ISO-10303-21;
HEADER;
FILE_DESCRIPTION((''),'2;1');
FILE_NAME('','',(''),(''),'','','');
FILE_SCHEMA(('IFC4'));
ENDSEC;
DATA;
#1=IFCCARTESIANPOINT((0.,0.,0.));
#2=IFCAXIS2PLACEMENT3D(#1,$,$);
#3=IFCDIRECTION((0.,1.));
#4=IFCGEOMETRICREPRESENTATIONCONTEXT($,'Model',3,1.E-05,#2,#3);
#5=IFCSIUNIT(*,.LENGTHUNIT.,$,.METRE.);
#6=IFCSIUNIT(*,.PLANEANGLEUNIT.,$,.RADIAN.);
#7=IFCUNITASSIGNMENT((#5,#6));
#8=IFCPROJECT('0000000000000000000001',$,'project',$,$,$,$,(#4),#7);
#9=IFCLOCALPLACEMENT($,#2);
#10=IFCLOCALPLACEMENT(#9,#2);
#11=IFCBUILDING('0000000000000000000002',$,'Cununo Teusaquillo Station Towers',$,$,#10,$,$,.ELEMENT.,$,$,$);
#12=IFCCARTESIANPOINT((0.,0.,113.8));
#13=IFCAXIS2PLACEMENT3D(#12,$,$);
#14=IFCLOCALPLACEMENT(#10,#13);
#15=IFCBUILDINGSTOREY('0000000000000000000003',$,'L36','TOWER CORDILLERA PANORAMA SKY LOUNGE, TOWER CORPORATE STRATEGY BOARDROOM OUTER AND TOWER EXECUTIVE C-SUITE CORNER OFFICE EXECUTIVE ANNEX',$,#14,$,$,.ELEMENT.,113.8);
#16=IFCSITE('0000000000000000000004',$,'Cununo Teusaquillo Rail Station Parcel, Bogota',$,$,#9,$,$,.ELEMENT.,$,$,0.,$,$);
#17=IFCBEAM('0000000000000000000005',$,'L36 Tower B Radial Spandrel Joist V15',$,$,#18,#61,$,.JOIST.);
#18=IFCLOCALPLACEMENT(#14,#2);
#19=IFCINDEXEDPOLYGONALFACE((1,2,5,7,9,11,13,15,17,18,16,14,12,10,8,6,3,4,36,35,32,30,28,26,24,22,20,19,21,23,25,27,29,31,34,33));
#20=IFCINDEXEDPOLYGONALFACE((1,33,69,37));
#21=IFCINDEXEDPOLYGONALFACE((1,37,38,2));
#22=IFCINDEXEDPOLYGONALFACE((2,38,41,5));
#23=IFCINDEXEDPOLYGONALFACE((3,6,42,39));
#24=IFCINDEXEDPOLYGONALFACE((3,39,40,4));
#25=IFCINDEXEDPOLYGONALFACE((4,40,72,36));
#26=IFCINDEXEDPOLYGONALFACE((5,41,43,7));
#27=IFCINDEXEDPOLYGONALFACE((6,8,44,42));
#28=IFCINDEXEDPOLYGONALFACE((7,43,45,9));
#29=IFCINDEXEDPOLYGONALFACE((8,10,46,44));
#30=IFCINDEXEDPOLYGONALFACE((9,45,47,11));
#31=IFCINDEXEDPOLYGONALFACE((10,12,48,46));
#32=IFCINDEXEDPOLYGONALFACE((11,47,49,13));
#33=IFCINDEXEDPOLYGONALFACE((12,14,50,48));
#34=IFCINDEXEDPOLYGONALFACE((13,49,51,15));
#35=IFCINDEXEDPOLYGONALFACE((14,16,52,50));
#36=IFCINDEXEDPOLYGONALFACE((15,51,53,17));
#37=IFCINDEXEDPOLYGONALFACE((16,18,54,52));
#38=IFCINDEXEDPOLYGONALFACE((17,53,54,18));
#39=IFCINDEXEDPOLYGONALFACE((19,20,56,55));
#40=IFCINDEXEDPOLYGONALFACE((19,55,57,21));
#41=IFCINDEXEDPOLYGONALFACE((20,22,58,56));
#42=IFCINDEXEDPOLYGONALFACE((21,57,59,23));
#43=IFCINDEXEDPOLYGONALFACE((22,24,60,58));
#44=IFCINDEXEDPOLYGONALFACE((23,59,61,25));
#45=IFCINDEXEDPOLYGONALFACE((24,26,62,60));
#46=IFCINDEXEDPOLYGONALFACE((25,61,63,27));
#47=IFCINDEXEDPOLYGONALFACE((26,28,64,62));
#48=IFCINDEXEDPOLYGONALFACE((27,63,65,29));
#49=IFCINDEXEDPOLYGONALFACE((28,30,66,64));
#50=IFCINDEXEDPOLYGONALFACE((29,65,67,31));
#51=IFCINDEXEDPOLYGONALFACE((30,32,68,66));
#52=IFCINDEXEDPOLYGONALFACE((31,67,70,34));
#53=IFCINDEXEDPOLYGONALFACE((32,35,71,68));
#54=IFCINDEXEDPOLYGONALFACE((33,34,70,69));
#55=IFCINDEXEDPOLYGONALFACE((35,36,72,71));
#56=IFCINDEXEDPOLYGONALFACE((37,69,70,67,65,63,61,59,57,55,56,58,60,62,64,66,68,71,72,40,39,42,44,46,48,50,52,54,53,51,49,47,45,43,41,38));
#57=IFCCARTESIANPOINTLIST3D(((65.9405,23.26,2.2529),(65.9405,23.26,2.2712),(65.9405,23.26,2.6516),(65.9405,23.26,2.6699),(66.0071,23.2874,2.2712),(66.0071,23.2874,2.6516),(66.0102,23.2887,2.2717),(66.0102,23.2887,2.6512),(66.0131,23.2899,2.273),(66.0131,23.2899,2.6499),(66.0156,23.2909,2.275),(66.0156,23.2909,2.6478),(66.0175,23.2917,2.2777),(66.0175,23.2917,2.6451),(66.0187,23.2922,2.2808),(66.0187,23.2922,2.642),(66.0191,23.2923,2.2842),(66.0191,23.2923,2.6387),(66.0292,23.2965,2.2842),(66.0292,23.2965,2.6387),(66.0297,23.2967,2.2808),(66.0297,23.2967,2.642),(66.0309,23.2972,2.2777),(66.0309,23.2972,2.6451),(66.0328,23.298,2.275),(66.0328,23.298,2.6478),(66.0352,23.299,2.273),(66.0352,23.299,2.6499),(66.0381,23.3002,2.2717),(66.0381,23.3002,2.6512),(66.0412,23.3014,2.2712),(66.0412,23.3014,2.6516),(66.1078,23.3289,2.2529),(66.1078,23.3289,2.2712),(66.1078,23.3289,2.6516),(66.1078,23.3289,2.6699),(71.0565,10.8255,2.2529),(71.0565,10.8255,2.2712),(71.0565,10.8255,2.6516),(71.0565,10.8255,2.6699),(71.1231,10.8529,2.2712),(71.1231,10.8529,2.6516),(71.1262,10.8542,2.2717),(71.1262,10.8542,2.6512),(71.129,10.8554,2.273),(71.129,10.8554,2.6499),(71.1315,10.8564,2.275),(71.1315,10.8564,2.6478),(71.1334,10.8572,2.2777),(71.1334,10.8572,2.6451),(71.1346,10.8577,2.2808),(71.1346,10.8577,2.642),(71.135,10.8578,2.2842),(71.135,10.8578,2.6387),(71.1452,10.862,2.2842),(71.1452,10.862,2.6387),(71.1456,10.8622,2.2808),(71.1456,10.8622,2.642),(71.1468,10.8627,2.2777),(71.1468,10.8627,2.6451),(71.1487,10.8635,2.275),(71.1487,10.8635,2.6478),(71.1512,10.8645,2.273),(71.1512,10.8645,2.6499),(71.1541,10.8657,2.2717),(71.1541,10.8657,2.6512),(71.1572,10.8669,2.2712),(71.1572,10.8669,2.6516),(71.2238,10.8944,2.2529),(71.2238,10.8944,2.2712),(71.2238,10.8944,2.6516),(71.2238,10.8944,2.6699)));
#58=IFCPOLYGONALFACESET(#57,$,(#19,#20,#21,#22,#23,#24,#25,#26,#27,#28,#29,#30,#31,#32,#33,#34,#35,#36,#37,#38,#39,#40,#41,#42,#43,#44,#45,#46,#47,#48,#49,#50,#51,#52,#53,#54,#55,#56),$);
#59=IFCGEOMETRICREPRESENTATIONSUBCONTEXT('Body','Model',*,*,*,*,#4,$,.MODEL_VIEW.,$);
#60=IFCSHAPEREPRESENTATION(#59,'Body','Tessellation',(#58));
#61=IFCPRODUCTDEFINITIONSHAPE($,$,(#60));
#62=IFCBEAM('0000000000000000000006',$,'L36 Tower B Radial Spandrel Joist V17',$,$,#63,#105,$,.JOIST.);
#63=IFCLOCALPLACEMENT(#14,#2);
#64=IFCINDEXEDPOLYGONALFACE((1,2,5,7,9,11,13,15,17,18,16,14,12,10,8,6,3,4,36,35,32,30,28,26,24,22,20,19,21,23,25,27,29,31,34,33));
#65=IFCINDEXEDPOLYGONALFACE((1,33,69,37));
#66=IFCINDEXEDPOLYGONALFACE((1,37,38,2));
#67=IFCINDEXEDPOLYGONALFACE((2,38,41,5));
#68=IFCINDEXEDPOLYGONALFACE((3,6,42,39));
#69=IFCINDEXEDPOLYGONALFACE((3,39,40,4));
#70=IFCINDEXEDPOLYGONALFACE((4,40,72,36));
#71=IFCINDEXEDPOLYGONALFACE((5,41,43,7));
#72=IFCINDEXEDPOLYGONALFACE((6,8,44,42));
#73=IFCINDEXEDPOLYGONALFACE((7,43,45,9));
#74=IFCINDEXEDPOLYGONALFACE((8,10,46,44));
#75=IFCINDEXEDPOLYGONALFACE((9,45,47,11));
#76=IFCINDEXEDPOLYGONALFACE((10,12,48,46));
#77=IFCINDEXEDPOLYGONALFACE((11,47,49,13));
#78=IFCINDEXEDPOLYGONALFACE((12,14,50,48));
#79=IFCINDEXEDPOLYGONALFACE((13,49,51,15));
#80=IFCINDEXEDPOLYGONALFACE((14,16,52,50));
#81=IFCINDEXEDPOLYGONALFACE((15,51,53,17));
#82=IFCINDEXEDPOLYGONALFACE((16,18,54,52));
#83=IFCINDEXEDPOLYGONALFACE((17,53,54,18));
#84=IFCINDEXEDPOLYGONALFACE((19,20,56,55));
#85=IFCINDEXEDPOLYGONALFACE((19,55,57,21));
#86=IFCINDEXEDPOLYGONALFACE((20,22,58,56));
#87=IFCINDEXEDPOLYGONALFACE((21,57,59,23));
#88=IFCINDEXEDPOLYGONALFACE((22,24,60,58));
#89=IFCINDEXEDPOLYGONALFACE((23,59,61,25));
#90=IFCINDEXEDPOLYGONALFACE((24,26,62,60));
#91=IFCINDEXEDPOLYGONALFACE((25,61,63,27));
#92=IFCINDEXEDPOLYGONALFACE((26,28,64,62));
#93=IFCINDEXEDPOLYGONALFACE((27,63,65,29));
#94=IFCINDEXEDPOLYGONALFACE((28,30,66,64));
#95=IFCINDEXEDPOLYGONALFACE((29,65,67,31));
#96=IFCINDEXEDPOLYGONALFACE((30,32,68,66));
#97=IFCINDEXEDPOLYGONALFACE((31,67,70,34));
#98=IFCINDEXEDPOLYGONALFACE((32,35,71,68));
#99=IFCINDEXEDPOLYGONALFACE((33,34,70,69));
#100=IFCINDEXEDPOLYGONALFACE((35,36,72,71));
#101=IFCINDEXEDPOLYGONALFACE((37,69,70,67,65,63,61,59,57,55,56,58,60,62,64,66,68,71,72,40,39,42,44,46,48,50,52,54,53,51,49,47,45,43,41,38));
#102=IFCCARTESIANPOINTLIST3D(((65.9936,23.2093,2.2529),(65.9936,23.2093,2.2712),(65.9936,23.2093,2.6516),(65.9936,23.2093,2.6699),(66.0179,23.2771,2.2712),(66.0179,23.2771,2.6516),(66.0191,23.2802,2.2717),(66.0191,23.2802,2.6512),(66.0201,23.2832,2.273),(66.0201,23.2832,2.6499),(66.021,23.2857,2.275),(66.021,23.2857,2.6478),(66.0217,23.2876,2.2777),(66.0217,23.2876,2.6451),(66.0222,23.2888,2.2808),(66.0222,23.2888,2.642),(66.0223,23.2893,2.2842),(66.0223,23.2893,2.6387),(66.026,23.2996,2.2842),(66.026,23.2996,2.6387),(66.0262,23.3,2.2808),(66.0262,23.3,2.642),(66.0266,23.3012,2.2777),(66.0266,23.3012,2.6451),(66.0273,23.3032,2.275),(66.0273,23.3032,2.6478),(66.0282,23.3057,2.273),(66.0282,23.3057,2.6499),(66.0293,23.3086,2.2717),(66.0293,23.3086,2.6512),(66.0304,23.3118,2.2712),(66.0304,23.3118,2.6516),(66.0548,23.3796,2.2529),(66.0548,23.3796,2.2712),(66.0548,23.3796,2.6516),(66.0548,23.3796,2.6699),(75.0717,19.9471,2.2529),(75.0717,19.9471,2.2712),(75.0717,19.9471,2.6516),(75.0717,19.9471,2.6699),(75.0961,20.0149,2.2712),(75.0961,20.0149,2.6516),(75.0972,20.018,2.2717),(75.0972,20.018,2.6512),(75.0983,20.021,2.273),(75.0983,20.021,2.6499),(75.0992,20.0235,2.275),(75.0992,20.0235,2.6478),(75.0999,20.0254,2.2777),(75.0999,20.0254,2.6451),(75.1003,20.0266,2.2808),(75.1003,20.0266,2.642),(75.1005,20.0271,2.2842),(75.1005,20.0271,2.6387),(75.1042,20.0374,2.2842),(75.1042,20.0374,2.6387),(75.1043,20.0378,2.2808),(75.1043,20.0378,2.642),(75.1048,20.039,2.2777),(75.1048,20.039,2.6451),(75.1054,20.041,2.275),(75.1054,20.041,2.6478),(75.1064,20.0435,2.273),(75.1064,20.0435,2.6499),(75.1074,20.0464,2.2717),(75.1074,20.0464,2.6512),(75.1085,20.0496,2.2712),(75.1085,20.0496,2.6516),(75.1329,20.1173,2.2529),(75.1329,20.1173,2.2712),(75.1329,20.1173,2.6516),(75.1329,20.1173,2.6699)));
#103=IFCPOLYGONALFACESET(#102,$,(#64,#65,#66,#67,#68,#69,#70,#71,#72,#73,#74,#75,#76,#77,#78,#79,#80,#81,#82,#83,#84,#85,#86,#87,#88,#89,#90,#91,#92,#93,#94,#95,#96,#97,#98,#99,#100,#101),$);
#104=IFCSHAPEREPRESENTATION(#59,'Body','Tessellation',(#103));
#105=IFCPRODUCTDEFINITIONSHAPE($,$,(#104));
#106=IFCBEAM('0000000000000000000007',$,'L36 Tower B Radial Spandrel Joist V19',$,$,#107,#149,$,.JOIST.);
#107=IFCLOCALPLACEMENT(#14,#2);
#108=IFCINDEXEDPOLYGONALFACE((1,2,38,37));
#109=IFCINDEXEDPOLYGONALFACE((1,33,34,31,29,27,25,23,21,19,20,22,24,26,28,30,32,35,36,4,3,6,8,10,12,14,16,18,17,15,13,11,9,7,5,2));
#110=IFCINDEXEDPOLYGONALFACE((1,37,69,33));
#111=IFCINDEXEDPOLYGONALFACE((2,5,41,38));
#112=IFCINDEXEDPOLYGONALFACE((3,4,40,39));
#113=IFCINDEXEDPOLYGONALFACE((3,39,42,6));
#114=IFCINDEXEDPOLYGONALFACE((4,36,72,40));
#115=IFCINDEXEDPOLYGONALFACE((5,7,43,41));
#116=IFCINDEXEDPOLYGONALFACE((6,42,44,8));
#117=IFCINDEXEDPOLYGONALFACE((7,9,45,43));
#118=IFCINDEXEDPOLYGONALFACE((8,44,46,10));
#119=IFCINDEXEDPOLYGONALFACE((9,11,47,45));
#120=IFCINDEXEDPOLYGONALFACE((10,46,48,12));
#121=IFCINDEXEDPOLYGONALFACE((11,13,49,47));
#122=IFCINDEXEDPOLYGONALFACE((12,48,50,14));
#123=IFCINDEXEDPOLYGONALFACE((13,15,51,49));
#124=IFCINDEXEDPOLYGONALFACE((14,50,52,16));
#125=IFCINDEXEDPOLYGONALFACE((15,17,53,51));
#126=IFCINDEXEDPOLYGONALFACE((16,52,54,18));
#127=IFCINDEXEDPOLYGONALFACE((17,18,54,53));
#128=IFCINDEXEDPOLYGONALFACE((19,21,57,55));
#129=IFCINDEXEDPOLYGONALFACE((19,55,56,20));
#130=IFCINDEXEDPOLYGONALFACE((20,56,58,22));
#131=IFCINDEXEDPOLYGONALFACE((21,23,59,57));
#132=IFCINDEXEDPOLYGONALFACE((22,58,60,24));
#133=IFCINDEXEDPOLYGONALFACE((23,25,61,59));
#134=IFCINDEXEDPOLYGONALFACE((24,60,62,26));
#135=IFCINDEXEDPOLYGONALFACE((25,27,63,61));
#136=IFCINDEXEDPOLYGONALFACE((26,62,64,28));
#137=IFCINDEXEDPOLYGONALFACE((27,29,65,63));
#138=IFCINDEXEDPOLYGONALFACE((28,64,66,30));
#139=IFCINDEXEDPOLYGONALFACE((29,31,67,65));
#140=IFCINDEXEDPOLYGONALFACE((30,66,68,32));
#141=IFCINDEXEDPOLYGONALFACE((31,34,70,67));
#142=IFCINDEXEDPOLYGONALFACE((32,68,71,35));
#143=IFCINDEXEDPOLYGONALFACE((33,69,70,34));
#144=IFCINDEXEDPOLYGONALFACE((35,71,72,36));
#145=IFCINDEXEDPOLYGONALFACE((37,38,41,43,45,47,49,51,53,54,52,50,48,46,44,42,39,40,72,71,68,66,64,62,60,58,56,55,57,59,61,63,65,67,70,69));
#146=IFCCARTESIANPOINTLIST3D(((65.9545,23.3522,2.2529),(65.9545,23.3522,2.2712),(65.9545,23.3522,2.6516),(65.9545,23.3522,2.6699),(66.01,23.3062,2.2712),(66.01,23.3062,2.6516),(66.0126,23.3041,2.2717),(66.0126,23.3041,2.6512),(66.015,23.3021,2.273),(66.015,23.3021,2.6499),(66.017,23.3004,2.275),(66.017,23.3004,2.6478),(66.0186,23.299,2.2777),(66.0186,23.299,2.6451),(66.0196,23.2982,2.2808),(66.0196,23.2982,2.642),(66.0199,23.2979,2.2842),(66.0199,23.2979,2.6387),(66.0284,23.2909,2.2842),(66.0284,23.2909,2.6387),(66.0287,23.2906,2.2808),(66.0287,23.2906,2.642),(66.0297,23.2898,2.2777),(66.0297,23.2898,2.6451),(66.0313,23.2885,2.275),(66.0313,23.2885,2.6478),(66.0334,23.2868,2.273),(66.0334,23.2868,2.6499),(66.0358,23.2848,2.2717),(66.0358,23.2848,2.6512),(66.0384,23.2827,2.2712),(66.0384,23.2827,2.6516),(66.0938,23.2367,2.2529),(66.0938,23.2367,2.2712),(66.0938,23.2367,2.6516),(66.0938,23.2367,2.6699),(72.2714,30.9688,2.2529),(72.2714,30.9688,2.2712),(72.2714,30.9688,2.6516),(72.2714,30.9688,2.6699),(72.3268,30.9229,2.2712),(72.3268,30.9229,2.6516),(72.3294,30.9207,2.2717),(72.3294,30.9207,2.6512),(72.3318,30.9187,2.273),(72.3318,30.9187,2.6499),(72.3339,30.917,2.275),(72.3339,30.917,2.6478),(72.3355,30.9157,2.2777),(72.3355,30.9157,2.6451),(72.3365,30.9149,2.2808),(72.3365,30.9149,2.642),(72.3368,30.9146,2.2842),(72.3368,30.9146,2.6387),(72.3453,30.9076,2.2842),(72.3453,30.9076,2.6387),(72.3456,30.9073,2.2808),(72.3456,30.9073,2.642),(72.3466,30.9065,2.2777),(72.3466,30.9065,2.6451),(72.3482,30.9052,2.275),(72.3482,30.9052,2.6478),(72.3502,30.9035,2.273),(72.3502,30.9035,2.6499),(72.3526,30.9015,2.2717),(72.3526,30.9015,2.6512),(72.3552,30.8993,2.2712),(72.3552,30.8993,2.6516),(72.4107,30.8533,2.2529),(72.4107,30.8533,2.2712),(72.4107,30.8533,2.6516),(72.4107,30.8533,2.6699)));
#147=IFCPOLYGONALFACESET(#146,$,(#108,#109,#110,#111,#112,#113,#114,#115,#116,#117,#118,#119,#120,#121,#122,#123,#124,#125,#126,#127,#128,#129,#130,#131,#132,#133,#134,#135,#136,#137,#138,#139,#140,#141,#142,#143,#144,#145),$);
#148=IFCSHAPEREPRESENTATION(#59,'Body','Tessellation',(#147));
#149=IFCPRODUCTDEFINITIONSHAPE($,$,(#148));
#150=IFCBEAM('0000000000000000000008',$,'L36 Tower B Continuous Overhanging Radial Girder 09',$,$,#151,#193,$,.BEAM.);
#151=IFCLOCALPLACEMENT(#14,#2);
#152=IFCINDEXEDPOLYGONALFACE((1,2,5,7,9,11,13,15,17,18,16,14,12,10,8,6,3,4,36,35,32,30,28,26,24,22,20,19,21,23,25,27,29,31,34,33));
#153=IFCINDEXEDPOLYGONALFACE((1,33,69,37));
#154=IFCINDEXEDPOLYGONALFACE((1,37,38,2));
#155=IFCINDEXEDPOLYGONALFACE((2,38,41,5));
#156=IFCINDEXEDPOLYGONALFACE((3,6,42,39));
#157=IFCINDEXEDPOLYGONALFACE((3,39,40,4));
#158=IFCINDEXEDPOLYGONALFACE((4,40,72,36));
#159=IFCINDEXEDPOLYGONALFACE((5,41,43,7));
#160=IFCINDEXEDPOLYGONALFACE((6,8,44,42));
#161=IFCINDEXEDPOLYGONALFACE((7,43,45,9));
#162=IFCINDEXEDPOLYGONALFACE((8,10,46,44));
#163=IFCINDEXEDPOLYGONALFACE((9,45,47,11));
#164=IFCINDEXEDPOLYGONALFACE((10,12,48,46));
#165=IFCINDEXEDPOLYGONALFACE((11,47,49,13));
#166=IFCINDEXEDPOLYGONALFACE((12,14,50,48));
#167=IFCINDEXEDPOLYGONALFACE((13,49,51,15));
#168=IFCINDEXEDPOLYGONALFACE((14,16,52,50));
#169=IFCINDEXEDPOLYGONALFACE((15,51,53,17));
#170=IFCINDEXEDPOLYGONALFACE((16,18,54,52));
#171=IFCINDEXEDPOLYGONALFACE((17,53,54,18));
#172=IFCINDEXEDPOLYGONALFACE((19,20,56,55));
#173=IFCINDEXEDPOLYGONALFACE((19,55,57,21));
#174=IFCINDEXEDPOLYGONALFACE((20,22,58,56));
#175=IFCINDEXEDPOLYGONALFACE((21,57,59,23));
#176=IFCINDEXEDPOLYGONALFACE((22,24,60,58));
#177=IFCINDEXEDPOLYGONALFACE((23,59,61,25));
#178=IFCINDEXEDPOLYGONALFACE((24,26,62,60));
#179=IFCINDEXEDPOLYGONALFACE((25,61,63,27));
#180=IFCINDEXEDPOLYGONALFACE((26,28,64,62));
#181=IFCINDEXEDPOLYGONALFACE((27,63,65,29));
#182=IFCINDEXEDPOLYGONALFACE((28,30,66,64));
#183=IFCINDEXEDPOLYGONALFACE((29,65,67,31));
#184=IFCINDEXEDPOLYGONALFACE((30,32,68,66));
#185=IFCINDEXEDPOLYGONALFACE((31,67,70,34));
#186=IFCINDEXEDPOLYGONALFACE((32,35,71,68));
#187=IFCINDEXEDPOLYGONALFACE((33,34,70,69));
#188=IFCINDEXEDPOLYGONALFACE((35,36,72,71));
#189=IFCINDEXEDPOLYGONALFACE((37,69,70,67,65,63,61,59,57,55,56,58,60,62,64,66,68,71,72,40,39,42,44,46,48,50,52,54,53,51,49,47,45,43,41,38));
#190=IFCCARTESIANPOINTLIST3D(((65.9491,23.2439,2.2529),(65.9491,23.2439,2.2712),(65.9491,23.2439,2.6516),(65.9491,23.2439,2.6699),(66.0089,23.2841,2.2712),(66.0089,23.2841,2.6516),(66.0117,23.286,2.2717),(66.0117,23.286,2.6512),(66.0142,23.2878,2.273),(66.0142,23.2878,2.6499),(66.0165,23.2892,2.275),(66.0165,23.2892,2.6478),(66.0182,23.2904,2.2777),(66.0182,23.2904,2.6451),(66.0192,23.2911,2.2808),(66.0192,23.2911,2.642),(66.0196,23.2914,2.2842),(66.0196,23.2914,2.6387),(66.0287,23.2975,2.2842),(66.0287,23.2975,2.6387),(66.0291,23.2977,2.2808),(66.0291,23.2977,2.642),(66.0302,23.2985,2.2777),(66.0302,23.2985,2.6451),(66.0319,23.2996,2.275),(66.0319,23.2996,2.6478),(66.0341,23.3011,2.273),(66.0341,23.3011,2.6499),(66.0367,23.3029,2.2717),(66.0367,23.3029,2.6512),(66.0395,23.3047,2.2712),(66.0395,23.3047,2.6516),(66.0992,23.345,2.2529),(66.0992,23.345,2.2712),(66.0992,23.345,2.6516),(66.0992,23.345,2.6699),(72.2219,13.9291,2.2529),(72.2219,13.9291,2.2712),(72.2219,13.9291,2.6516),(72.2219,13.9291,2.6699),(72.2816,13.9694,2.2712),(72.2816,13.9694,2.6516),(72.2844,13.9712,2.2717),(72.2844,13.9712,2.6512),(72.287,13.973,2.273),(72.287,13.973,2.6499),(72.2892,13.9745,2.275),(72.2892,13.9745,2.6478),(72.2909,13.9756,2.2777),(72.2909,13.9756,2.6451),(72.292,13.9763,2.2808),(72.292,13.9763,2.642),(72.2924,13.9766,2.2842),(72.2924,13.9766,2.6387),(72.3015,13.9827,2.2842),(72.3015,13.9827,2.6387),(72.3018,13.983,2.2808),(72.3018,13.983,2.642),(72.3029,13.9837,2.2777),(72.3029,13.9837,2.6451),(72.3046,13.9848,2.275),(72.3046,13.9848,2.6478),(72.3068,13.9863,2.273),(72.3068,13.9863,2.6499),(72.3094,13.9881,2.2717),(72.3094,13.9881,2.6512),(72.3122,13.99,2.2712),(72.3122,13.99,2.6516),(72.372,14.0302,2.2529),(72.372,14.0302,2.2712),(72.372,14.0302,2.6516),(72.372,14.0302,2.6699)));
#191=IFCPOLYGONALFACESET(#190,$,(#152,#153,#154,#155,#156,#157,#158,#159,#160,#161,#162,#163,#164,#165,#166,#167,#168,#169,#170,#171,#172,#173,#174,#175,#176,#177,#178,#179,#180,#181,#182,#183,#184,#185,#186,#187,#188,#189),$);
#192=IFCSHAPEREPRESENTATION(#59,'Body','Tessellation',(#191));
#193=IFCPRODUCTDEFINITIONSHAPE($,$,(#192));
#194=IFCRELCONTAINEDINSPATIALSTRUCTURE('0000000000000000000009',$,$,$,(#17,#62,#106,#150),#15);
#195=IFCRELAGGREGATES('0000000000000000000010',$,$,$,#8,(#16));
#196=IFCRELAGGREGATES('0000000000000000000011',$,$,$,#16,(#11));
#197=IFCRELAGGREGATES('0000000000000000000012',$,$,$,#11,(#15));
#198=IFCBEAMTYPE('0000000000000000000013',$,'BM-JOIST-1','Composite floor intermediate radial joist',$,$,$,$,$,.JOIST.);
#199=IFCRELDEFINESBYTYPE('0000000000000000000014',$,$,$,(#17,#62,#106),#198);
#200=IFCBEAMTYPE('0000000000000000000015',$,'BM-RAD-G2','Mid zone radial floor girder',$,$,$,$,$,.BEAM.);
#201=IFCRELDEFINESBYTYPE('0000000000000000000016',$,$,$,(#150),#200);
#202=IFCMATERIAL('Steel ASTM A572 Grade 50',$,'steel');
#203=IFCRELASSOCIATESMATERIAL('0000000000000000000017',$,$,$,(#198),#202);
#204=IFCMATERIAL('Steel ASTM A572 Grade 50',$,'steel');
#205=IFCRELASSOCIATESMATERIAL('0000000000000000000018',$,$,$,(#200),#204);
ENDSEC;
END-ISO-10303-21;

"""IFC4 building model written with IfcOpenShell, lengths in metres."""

from ifc_helpers import new_model, si_unit, direction, frame, origin, origin_2d, place, context, subcontext, project, spatial, i_section, extrude, material, material_profile, profile_set, type_object, element, save


model = new_model("IFC4")

# Units and contexts
model_context = context("Model", 3, precision=1e-05, world=origin(), true_north=direction((0.0, 1.0)))
body_context = subcontext(model_context, "Body", "Model", "MODEL_VIEW")
ifc_project = project(units=[si_unit("LENGTHUNIT", "METRE"), si_unit("PLANEANGLEUNIT", "RADIAN")], contexts=[model_context])

# Site, building, storey
site_placement = place(None, origin())
site = spatial("IfcSite", under=ifc_project, at=site_placement, Name="Cununo Teusaquillo Rail Station Parcel, Bogota", CompositionType="ELEMENT", RefElevation=0.0)
building_placement = place(site_placement, origin())
building = spatial("IfcBuilding", under=site, at=building_placement, Name="Cununo Teusaquillo Station Towers", CompositionType="ELEMENT")
storey_placement = place(building_placement, frame((0.0, 0.0, 113.8)))
storey = spatial("IfcBuildingStorey", under=building, at=storey_placement, Name="L36", Description="TOWER CORDILLERA PANORAMA SKY LOUNGE, TOWER CORPORATE STRATEGY BOARDROOM OUTER AND TOWER EXECUTIVE C-SUITE CORNER OFFICE EXECUTIVE ANNEX", CompositionType="ELEMENT", Elevation=113.8)

# Beams
ifc_material_1 = material(Name="Steel ASTM A572 Grade 50", Category="steel")
ifc_material_profile_1 = material_profile(ifc_material_1, i_section(OverallWidth=0.1809, OverallDepth=0.417, WebThickness=0.011, FlangeThickness=0.0183, FilletRadius=0.0129, at=origin_2d()), Name="W16X57")
ifc_profile_set_1 = profile_set([ifc_material_profile_1], Name="Steel ASTM A572 Grade 50")
beam_type_1 = type_object("IfcBeamType", Name="BM-JOIST-1", Description="Composite floor intermediate radial joist", PredefinedType="JOIST", material=ifc_profile_set_1)
beam_1_placement = place(storey_placement, frame((66.0242, 23.2944, 2.4614), z_axis=(0.380486, -0.924787, 0.0), x_axis=(0.924787, 0.380486, 0.0)))
element("IfcBeam", 1, at=beam_1_placement, inside=storey, type_object=beam_type_1, Name="L36 Tower B Radial Spandrel Joist V15", PredefinedType="JOIST", context=body_context, shape_type="SweptSolid", body=[
    extrude(i_section(OverallWidth=0.1809, OverallDepth=0.417, WebThickness=0.011, FlangeThickness=0.0183, FilletRadius=0.0129, at=origin_2d()), origin(), (0.0, 0.0, 1.0), 13.4458),
])
beam_2_placement = place(storey_placement, frame((66.0242, 23.2944, 2.4614), z_axis=(0.941083, -0.338176, 0.0), x_axis=(0.338176, 0.941083, 0.0)))
element("IfcBeam", 2, at=beam_2_placement, inside=storey, type_object=beam_type_1, Name="L36 Tower B Radial Spandrel Joist V17", PredefinedType="JOIST", context=body_context, shape_type="SweptSolid", body=[
    extrude(i_section(OverallWidth=0.1809, OverallDepth=0.417, WebThickness=0.011, FlangeThickness=0.0183, FilletRadius=0.0129, at=origin_2d()), origin(), (0.0, 0.0, 1.0), 9.6465),
])
beam_3_placement = place(storey_placement, frame((66.0242, 23.2944, 2.4614), z_axis=(0.638372, 0.769728, 0.0), x_axis=(-0.769728, 0.638372, 0.0)))
element("IfcBeam", 3, at=beam_3_placement, inside=storey, type_object=beam_type_1, Name="L36 Tower B Radial Spandrel Joist V19", PredefinedType="JOIST", context=body_context, shape_type="SweptSolid", body=[
    extrude(i_section(OverallWidth=0.1809, OverallDepth=0.417, WebThickness=0.011, FlangeThickness=0.0183, FilletRadius=0.0129, at=origin_2d()), origin(), (0.0, 0.0, 1.0), 9.8953),
])
ifc_material_2 = material(Name="Steel ASTM A572 Grade 50", Category="steel")
ifc_material_profile_2 = material_profile(ifc_material_2, i_section(OverallWidth=0.1809, OverallDepth=0.417, WebThickness=0.011, FlangeThickness=0.0183, FilletRadius=0.0129, at=origin_2d()), Name="W16X57")
ifc_profile_set_2 = profile_set([ifc_material_profile_2], Name="Steel ASTM A572 Grade 50")
beam_type_2 = type_object("IfcBeamType", Name="BM-RAD-G2", Description="Mid zone radial floor girder", PredefinedType="BEAM", material=ifc_profile_set_2)
beam_4_placement = place(storey_placement, frame((66.0242, 23.2944, 2.4614), z_axis=(0.558572, -0.829456, 0.0), x_axis=(0.829456, 0.558572, 0.0)))
element("IfcBeam", 4, at=beam_4_placement, inside=storey, type_object=beam_type_2, Name="L36 Tower B Continuous Overhanging Radial Girder 09", PredefinedType="BEAM", context=body_context, shape_type="SweptSolid", body=[
    extrude(i_section(OverallWidth=0.1809, OverallDepth=0.417, WebThickness=0.011, FlangeThickness=0.0183, FilletRadius=0.0129, at=origin_2d()), origin(), (0.0, 0.0, 1.0), 11.23),
])

save(model, "model.ifc")
